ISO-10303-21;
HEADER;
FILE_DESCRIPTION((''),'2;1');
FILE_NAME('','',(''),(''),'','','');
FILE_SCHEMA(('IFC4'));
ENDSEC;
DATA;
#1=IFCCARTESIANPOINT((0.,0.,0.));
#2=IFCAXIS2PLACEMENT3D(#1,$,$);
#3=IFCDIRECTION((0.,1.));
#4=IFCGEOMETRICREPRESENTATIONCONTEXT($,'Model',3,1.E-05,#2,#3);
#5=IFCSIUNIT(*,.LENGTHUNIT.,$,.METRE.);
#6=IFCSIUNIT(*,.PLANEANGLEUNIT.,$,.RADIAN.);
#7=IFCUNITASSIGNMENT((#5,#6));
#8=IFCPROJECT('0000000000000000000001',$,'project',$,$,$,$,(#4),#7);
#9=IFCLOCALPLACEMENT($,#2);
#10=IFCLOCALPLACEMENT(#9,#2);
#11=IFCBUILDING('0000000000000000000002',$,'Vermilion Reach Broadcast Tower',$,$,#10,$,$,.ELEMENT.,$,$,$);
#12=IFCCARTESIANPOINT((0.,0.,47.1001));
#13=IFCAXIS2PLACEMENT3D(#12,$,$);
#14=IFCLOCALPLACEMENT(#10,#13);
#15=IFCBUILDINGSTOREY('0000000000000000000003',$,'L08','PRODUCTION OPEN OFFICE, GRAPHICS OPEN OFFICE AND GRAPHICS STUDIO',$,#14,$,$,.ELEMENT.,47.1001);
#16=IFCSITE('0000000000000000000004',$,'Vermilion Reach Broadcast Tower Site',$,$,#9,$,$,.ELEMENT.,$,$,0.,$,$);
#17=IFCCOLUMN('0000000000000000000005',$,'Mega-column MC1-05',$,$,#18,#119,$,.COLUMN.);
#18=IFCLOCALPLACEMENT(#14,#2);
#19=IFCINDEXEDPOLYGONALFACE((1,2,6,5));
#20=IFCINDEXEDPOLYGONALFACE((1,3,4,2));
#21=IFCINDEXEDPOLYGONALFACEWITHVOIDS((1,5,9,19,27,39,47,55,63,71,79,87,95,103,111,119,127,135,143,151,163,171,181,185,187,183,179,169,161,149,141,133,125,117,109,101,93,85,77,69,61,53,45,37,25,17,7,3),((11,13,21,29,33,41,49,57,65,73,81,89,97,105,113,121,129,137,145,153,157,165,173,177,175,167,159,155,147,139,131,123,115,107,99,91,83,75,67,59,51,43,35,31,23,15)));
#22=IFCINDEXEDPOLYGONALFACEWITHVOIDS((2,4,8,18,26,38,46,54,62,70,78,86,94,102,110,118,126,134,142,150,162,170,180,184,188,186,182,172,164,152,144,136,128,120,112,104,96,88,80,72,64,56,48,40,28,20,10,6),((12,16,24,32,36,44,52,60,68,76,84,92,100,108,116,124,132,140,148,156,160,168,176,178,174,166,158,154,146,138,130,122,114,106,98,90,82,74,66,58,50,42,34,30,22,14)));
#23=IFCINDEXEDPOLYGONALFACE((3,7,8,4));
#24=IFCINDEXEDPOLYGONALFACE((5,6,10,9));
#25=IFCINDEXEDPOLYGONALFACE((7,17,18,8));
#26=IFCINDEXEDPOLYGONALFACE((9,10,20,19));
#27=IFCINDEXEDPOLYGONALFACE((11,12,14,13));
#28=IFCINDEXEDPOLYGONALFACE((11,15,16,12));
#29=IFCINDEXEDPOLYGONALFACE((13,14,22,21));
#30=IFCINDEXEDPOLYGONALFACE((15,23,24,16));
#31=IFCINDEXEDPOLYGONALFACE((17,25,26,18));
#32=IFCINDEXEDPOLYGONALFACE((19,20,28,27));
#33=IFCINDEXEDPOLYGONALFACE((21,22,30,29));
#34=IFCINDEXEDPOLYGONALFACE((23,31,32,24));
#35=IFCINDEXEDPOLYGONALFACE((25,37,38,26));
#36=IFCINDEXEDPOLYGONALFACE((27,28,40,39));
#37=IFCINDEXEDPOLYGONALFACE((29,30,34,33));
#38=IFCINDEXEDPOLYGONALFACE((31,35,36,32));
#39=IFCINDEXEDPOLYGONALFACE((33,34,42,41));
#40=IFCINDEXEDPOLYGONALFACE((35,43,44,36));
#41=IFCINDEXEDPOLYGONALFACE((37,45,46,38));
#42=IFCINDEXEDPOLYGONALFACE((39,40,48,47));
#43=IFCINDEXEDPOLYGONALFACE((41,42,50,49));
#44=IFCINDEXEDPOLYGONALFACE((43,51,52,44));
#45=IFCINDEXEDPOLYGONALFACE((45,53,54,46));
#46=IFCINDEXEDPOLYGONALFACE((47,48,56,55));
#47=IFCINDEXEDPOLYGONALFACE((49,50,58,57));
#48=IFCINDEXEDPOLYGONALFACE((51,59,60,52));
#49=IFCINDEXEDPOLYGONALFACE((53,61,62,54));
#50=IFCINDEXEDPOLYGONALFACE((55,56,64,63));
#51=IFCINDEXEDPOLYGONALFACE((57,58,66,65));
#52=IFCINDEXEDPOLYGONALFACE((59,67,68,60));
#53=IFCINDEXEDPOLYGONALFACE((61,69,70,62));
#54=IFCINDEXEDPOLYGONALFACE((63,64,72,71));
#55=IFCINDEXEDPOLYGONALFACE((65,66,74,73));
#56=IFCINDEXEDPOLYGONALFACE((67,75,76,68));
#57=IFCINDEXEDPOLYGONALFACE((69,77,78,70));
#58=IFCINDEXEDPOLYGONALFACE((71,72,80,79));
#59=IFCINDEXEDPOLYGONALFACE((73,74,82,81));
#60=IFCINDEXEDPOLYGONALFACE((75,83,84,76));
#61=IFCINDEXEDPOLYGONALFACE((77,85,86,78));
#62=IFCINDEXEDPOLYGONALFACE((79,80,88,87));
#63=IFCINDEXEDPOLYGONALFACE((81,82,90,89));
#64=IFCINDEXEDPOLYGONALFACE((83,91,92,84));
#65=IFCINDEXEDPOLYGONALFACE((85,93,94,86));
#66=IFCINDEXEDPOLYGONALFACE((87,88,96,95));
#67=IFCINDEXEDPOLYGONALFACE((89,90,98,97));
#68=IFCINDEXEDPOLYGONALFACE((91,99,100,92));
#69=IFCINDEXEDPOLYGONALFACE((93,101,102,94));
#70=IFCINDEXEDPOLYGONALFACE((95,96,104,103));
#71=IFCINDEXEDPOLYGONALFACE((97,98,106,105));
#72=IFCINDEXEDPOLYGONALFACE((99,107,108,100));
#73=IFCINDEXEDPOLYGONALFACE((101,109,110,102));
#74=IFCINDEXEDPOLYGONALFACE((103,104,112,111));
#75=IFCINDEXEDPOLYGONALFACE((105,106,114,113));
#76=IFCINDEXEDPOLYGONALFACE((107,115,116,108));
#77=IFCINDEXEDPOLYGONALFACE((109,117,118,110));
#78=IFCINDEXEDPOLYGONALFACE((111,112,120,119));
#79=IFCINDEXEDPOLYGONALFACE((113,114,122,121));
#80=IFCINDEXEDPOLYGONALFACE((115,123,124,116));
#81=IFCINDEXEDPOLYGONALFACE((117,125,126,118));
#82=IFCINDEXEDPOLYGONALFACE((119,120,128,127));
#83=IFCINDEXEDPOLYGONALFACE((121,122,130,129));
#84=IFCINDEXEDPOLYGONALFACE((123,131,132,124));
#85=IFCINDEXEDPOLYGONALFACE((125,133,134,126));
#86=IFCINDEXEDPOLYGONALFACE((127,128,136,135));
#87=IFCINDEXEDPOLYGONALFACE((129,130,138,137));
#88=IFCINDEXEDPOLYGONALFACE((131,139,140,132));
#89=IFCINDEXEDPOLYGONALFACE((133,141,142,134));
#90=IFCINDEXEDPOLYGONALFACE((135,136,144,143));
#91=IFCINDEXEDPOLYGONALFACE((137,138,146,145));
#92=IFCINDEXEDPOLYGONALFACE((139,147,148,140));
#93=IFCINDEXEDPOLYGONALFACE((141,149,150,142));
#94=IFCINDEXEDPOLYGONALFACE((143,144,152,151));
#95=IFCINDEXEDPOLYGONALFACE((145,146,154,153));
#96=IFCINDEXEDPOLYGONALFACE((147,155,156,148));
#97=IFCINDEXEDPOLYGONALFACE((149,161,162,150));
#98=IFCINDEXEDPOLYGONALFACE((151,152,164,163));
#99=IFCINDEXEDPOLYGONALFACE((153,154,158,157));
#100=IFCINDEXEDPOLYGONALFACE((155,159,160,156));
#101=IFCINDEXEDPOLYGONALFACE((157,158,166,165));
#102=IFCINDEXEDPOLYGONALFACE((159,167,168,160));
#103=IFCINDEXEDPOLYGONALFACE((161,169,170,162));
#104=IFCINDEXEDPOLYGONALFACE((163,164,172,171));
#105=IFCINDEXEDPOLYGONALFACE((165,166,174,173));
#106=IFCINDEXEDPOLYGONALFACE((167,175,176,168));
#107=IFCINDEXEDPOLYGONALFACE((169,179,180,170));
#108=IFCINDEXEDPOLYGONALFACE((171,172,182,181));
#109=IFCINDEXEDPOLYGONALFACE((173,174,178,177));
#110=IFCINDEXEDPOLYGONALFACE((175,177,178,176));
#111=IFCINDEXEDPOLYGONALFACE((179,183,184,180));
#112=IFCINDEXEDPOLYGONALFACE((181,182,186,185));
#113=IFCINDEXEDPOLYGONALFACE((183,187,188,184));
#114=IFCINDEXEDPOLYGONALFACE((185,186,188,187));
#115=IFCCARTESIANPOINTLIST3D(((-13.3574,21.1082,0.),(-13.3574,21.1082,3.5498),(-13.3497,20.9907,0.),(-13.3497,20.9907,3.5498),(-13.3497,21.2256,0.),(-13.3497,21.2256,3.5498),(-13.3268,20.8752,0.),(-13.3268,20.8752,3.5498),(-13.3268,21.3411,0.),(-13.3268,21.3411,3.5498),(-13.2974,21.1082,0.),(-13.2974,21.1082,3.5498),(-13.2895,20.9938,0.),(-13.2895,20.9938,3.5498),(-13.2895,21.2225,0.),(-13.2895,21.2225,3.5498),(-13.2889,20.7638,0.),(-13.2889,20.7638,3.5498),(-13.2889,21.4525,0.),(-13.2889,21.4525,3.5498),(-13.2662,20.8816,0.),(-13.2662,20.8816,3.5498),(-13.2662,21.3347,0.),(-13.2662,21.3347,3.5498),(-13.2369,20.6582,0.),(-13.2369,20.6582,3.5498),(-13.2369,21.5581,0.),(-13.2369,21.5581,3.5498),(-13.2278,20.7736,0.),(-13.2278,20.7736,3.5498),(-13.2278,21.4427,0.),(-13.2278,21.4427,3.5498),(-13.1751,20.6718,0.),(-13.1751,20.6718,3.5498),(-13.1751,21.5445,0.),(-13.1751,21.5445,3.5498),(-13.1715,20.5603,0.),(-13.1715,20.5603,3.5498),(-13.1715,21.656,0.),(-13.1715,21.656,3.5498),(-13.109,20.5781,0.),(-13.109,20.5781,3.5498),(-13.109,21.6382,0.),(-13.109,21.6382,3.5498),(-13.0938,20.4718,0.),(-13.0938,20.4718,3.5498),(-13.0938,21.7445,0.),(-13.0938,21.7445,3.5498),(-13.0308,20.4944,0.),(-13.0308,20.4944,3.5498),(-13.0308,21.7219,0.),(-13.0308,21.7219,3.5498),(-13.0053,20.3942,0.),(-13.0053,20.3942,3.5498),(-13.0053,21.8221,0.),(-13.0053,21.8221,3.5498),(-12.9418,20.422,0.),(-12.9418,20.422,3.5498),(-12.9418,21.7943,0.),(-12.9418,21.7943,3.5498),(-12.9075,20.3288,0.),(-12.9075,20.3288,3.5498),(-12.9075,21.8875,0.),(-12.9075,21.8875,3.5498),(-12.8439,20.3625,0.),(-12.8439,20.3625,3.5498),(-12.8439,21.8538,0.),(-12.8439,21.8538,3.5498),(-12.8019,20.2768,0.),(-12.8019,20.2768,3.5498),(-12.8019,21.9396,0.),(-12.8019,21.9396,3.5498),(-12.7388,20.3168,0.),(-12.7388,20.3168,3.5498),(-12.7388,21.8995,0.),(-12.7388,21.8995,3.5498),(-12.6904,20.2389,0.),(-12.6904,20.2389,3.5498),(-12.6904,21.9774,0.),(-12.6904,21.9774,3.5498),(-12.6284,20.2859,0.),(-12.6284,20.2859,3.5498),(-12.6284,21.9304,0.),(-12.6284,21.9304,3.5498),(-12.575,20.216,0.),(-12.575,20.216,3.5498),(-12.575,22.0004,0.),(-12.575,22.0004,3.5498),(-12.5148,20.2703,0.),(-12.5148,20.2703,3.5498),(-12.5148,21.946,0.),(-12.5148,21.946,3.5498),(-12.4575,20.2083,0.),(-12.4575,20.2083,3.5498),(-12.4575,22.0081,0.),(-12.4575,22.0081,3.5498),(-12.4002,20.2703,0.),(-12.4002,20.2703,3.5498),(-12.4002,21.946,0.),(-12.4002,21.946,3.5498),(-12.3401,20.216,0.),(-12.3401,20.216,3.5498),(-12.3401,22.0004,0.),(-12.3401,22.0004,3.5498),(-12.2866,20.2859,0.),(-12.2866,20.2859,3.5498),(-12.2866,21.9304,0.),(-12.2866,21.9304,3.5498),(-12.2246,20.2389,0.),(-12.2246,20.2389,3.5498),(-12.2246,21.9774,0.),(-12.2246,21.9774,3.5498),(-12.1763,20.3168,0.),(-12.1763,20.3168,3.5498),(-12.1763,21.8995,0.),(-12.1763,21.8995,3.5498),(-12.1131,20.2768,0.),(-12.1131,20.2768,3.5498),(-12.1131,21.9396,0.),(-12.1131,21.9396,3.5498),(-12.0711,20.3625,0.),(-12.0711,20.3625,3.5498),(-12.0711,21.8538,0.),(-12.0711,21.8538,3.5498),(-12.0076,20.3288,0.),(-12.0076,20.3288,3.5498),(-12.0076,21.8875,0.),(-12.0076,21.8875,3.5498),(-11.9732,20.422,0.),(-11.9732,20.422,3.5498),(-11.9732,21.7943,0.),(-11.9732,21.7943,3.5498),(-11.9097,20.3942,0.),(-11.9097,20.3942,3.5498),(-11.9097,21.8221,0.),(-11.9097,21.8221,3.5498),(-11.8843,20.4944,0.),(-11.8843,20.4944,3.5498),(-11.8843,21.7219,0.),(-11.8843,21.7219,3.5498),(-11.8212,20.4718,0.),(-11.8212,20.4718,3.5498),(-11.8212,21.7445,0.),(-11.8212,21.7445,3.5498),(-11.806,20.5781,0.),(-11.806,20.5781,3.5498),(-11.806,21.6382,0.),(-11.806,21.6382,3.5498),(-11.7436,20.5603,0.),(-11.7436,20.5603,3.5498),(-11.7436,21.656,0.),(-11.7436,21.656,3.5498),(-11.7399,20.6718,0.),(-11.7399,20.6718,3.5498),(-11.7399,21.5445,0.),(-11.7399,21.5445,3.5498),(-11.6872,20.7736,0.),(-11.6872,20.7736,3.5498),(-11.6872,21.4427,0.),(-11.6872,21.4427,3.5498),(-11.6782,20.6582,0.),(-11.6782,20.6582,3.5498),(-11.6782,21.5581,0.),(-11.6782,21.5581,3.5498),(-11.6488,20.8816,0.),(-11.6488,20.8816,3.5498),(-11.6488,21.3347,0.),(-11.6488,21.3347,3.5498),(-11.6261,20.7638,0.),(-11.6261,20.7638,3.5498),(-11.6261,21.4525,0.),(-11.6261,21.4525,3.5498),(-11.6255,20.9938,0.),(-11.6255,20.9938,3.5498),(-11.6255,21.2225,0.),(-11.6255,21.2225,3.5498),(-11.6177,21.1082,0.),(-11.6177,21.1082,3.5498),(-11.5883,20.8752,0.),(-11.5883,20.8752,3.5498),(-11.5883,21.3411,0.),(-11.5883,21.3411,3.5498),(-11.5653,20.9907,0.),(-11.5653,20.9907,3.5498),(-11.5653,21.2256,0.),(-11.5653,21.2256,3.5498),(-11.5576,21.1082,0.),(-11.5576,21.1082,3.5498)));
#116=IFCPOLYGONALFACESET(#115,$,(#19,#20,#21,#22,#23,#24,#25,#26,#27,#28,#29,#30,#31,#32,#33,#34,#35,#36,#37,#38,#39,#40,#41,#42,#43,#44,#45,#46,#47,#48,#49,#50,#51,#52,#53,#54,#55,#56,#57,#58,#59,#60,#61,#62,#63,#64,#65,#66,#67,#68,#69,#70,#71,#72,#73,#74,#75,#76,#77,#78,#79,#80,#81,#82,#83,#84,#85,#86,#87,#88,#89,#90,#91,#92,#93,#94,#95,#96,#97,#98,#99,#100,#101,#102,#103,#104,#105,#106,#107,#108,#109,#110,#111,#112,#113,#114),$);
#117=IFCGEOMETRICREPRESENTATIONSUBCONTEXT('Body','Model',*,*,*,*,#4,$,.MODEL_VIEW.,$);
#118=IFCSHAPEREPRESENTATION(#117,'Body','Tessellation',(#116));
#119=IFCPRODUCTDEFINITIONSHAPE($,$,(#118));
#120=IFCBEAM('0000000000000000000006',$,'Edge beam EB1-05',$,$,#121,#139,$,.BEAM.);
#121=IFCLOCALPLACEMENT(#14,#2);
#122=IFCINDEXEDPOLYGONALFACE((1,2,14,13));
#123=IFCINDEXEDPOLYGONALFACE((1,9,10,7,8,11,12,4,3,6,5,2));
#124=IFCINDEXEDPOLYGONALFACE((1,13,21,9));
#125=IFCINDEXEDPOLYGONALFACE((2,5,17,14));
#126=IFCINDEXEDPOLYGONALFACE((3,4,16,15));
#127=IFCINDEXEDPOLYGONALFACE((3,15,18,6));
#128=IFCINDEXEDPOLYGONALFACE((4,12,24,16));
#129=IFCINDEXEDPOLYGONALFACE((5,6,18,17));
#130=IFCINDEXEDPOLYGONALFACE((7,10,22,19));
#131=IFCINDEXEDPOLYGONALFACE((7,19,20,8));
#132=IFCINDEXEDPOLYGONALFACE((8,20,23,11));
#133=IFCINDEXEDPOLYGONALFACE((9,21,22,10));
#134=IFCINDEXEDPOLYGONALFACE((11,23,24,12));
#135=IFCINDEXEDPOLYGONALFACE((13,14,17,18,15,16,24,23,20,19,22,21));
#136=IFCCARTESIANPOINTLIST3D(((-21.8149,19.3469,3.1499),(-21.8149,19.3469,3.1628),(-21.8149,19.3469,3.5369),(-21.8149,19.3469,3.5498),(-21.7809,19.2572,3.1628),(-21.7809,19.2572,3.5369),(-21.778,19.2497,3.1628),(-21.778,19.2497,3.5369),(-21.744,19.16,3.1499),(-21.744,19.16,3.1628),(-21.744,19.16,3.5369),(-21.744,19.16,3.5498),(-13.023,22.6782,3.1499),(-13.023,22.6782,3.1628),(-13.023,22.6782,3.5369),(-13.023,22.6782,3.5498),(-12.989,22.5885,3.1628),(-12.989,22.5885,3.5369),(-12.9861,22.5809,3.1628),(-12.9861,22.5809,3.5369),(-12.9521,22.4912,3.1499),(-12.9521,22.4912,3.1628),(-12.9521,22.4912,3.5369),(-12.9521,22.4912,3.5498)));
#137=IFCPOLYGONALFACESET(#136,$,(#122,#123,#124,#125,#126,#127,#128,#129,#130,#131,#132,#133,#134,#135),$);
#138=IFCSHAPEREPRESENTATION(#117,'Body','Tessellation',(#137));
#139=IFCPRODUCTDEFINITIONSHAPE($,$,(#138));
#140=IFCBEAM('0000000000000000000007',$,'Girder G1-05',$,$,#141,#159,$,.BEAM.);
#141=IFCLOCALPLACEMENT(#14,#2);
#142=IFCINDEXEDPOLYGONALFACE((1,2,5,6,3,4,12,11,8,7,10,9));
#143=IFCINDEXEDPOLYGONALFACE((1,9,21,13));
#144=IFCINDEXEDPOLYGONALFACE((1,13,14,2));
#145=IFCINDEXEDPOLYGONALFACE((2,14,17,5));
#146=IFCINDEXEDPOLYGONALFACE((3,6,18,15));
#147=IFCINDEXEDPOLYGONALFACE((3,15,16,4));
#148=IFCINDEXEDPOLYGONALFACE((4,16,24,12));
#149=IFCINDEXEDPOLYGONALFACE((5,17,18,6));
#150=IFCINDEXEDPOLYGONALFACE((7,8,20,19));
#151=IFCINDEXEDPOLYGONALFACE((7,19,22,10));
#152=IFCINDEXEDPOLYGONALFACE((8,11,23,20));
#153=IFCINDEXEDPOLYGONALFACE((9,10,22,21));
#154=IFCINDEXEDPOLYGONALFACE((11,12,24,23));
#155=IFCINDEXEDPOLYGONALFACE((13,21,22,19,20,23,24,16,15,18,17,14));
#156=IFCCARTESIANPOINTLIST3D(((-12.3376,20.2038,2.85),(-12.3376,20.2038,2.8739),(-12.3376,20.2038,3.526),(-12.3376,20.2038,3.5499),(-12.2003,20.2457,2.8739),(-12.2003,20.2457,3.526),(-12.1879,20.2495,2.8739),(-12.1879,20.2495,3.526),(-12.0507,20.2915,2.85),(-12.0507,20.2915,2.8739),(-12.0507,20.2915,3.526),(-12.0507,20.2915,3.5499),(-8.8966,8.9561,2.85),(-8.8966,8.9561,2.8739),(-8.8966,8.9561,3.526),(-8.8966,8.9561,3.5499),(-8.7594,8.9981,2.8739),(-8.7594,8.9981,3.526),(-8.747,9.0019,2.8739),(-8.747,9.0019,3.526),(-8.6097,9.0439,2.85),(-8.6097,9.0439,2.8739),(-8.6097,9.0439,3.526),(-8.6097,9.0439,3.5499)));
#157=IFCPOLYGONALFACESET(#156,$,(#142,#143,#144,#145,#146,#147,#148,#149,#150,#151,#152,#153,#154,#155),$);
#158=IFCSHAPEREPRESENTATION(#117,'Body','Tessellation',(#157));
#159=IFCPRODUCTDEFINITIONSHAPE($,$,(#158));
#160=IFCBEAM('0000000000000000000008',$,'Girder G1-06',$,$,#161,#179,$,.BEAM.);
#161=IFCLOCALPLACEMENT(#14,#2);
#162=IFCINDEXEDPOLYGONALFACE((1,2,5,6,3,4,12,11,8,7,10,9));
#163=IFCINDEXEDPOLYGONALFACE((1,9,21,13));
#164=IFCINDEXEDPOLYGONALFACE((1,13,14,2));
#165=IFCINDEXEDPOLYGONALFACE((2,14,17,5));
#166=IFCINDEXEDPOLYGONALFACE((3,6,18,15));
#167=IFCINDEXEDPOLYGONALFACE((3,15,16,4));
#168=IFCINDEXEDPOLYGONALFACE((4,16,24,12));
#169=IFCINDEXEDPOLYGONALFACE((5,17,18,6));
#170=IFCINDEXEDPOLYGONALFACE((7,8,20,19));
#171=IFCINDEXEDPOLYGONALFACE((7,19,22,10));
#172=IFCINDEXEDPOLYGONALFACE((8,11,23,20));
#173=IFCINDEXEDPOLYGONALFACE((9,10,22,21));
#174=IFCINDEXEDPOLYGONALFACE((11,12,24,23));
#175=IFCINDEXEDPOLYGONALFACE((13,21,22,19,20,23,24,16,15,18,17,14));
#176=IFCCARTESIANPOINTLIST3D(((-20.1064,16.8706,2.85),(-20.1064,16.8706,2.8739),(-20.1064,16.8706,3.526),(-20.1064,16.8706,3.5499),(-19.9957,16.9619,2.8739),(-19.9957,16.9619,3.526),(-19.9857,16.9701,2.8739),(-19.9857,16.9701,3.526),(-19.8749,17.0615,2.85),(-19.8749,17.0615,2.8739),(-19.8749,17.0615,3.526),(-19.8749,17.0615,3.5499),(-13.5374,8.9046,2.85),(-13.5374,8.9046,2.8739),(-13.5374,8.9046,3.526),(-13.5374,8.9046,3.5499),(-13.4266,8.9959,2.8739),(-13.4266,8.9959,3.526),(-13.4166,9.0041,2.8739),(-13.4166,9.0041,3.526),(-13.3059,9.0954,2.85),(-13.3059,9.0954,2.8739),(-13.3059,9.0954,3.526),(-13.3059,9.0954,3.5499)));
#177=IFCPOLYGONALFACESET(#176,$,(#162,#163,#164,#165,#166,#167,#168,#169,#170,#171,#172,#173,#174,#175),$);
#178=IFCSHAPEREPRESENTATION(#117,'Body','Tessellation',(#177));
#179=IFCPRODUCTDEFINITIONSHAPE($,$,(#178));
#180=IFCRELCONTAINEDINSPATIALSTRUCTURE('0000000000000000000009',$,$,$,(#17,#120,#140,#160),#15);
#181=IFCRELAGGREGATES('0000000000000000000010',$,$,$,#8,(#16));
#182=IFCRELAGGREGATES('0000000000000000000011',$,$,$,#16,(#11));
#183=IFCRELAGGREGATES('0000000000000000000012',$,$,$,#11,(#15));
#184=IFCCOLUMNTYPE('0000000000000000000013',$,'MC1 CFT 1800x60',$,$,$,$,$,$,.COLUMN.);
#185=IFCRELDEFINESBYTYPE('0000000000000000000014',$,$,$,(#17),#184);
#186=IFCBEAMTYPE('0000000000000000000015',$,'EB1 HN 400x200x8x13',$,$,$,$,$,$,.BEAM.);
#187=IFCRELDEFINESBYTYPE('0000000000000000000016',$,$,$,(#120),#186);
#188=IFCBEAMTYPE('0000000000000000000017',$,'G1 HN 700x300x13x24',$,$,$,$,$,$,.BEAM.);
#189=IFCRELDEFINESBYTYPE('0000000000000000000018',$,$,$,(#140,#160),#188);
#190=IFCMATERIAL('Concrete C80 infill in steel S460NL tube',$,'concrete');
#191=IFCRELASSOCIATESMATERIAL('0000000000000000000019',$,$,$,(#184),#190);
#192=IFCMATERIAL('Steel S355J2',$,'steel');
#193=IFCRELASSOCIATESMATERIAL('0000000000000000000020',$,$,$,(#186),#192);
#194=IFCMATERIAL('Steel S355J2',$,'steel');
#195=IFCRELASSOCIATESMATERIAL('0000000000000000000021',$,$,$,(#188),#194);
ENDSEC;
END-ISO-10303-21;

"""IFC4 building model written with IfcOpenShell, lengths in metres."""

from ifc_helpers import new_model, si_unit, direction, frame, origin, origin_2d, place, context, subcontext, project, spatial, hollow_circle, i_section, extrude, material, material_profile, profile_set, type_object, element, save


model = new_model("IFC4")

# Units and contexts
model_context = context("Model", 3, precision=1e-05, world=origin(), true_north=direction((0.0, 1.0)))
body_context = subcontext(model_context, "Body", "Model", "MODEL_VIEW")
ifc_project = project(units=[si_unit("LENGTHUNIT", "METRE"), si_unit("PLANEANGLEUNIT", "RADIAN")], contexts=[model_context])

# Site, building, storey
site_placement = place(None, origin())
site = spatial("IfcSite", under=ifc_project, at=site_placement, Name="Vermilion Reach Broadcast Tower Site", CompositionType="ELEMENT", RefElevation=0.0)
building_placement = place(site_placement, origin())
building = spatial("IfcBuilding", under=site, at=building_placement, Name="Vermilion Reach Broadcast Tower", CompositionType="ELEMENT")
storey_placement = place(building_placement, frame((0.0, 0.0, 47.1001)))
storey = spatial("IfcBuildingStorey", under=building, at=storey_placement, Name="L08", Description="PRODUCTION OPEN OFFICE, GRAPHICS OPEN OFFICE AND GRAPHICS STUDIO", CompositionType="ELEMENT", Elevation=47.1001)

# Column
ifc_material_1 = material(Name="Concrete C80 infill in steel S460NL tube", Category="concrete")
ifc_material_profile_1 = material_profile(ifc_material_1, hollow_circle(Radius=0.8999, WallThickness=0.0601, at=origin_2d()), Name="Concrete C80 infill in steel S460NL tube CFT 1800x60")
ifc_profile_set_1 = profile_set([ifc_material_profile_1], Name="Concrete C80 infill in steel S460NL tube")
column_type = type_object("IfcColumnType", Name="MC1 CFT 1800x60", PredefinedType="COLUMN", material=ifc_profile_set_1)
column_placement = place(storey_placement, frame((-12.4575, 21.1082, 0.0), z_axis=(0.0, 0.0, 1.0), x_axis=(1.0, 0.0, 0.0)))
element("IfcColumn", 1, at=column_placement, inside=storey, type_object=column_type, Name="Mega-column MC1-05", PredefinedType="COLUMN", context=body_context, shape_type="SweptSolid", body=[
    extrude(hollow_circle(Radius=0.8999, WallThickness=0.0601, at=origin_2d()), origin(), (0.0, 0.0, 1.0), 3.5498),
])

# Beams
ifc_material_2 = material(Name="Steel S355J2", Category="steel")
ifc_material_profile_2 = material_profile(ifc_material_2, i_section(OverallWidth=0.2, OverallDepth=0.3999, WebThickness=0.0081, FlangeThickness=0.0129, at=origin_2d()), Name="S355J2 HN 400x200x8x13")
ifc_profile_set_2 = profile_set([ifc_material_profile_2], Name="Steel S355J2")
beam_type_1 = type_object("IfcBeamType", Name="EB1 HN 400x200x8x13", PredefinedType="BEAM", material=ifc_profile_set_2)
beam_1_placement = place(storey_placement, frame((-12.9875, 22.5847, 3.3499), z_axis=(-0.935124, -0.35432, 0.0), x_axis=(0.35432, -0.935124, 0.0)))
element("IfcBeam", 2, at=beam_1_placement, inside=storey, type_object=beam_type_1, Name="Edge beam EB1-05", PredefinedType="BEAM", context=body_context, shape_type="SweptSolid", body=[
    extrude(i_section(OverallWidth=0.2, OverallDepth=0.3999, WebThickness=0.0081, FlangeThickness=0.0129, at=origin_2d()), origin(), (0.0, 0.0, 1.0), 9.4019),
])
ifc_material_3 = material(Name="Steel S355J2", Category="steel")
ifc_material_profile_3 = material_profile(ifc_material_3, i_section(OverallWidth=0.3, OverallDepth=0.7, WebThickness=0.0129, FlangeThickness=0.0239, at=origin_2d()), Name="S355J2 HN 700x300x13x24")
ifc_profile_set_3 = profile_set([ifc_material_profile_3], Name="Steel S355J2")
beam_type_2 = type_object("IfcBeamType", Name="G1 HN 700x300x13x24", PredefinedType="BEAM", material=ifc_profile_set_3)
beam_2_placement = place(storey_placement, frame((-8.7532, 9.0, 3.2), z_axis=(-0.292542, 0.956253, 0.0), x_axis=(-0.956253, -0.292542, 0.0)))
element("IfcBeam", 3, at=beam_2_placement, inside=storey, type_object=beam_type_2, Name="Girder G1-05", PredefinedType="BEAM", context=body_context, shape_type="SweptSolid", body=[
    extrude(i_section(OverallWidth=0.3, OverallDepth=0.7, WebThickness=0.0129, FlangeThickness=0.0239, at=origin_2d()), origin(), (0.0, 0.0, 1.0), 11.7622),
])
beam_3_placement = place(storey_placement, frame((-13.4216, 9.0, 3.2), z_axis=(-0.636215, 0.771512, 0.0), x_axis=(-0.771512, -0.636215, 0.0)))
element("IfcBeam", 4, at=beam_3_placement, inside=storey, type_object=beam_type_2, Name="Girder G1-06", PredefinedType="BEAM", context=body_context, shape_type="SweptSolid", body=[
    extrude(i_section(OverallWidth=0.3, OverallDepth=0.7, WebThickness=0.0129, FlangeThickness=0.0239, at=origin_2d()), origin(), (0.0, 0.0, 1.0), 10.3252),
])

save(model, "model.ifc")
